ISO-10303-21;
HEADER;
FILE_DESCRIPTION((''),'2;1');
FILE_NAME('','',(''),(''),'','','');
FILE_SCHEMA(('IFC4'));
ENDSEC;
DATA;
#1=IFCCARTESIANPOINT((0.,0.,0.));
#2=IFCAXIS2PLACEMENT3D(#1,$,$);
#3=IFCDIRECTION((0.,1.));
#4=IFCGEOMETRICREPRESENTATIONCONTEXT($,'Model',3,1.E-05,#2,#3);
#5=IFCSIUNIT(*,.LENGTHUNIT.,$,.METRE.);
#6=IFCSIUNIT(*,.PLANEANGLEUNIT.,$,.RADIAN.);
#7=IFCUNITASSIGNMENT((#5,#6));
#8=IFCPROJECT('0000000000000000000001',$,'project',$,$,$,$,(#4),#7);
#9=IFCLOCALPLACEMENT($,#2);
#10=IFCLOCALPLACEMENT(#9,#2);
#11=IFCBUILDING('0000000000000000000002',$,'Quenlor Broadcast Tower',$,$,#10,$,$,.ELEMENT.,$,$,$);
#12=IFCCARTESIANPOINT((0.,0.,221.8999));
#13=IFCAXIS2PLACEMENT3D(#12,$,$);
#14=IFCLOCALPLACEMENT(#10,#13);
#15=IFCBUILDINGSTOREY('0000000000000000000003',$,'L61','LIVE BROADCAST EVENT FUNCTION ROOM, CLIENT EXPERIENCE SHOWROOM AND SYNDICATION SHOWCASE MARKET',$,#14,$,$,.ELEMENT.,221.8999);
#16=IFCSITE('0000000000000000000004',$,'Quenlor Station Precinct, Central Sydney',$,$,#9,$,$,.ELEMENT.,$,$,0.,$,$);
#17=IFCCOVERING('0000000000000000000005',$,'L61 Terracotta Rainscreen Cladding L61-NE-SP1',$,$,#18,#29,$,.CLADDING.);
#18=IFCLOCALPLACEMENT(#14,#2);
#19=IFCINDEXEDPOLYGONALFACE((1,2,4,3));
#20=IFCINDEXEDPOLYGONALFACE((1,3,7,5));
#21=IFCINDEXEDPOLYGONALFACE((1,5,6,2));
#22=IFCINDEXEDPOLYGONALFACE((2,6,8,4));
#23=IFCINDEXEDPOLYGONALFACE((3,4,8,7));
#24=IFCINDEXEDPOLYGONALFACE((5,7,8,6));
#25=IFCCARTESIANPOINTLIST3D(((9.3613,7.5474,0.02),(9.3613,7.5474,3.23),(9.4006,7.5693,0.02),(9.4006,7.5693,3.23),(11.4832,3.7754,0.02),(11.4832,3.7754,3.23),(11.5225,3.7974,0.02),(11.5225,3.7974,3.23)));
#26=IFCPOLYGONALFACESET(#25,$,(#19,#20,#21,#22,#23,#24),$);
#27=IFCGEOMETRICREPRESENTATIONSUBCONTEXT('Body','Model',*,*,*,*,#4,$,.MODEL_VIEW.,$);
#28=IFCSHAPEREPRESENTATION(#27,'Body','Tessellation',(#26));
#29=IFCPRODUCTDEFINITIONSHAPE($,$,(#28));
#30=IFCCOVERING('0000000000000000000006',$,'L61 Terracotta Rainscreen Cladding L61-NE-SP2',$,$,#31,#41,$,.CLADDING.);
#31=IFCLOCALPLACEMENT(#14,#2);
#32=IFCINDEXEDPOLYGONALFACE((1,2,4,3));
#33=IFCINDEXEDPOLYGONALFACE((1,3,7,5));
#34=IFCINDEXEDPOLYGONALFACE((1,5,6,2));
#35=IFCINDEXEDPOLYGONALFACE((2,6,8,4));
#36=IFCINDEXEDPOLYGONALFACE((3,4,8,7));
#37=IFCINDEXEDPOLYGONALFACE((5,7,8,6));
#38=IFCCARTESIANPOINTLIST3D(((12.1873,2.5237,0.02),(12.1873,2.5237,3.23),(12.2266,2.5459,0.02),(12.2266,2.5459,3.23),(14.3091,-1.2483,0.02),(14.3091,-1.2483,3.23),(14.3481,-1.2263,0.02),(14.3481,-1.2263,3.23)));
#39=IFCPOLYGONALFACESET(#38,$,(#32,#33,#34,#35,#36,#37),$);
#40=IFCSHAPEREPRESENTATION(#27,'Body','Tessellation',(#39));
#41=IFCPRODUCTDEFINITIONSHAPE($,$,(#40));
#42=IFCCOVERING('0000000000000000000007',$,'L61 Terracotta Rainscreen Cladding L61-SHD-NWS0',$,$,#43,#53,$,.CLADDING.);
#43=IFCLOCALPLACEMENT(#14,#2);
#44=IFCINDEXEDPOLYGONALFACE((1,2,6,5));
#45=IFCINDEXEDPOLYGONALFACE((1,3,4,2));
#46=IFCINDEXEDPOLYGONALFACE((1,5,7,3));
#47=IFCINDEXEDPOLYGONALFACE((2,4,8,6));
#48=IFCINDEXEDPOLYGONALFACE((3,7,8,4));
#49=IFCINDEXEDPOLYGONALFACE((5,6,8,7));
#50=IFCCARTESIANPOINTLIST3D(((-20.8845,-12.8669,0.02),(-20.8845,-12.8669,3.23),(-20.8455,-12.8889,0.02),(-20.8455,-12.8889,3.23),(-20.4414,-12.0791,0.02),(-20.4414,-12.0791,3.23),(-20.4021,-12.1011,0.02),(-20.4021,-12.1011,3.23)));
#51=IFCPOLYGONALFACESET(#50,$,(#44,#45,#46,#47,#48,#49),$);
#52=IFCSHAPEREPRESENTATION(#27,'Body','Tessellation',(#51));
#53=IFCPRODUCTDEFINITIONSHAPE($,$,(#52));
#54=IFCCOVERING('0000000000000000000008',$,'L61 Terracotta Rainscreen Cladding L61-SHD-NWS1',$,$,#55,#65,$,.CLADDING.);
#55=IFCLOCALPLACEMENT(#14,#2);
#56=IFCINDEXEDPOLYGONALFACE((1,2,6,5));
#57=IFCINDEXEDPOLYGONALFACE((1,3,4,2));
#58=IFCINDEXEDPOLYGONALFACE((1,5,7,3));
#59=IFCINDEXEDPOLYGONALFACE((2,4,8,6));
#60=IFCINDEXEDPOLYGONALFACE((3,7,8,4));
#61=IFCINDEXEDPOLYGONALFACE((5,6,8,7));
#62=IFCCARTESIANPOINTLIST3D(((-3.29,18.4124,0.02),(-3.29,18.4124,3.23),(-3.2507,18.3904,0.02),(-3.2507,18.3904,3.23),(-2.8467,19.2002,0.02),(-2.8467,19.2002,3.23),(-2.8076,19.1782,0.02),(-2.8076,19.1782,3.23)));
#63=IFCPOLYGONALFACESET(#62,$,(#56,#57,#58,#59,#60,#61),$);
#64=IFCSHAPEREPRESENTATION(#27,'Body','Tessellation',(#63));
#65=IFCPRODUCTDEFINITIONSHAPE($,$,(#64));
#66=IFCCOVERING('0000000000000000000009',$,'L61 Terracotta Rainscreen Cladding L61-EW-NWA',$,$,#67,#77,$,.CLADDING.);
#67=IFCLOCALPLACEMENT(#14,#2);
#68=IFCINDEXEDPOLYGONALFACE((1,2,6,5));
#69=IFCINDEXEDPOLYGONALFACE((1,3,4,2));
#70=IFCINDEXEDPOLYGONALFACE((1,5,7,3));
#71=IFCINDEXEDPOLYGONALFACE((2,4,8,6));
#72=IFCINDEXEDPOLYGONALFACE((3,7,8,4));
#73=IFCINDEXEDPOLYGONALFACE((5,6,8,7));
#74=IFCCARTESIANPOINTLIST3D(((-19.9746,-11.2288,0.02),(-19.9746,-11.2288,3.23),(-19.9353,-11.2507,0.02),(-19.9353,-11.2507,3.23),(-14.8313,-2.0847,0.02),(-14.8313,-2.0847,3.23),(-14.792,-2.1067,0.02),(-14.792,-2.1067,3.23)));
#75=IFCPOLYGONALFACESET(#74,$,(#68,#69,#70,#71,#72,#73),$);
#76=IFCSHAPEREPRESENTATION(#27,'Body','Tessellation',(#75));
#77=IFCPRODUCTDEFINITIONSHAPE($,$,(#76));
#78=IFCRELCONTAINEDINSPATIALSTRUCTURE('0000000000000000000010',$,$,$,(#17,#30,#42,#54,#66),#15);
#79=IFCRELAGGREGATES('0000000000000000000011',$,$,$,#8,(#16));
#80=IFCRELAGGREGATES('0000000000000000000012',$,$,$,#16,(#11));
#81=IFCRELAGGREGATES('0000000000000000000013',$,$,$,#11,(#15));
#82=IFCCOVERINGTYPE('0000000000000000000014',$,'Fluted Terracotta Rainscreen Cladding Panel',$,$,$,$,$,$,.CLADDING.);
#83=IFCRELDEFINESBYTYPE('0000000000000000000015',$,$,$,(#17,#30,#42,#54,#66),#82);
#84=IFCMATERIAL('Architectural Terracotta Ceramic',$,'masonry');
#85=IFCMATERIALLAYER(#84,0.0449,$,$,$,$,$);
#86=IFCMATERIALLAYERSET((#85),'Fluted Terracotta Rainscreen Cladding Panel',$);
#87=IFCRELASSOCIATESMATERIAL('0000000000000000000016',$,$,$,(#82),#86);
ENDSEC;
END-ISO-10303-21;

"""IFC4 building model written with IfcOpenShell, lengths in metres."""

from ifc_helpers import new_model, si_unit, direction, frame, origin, place, context, subcontext, project, spatial, polyline, outline, extrude, material, layer, layer_set, type_object, element, save


model = new_model("IFC4")

# Units and contexts
model_context = context("Model", 3, precision=1e-05, world=origin(), true_north=direction((0.0, 1.0)))
body_context = subcontext(model_context, "Body", "Model", "MODEL_VIEW")
ifc_project = project(units=[si_unit("LENGTHUNIT", "METRE"), si_unit("PLANEANGLEUNIT", "RADIAN")], contexts=[model_context])

# Site, building, storey
site_placement = place(None, origin())
site = spatial("IfcSite", under=ifc_project, at=site_placement, Name="Quenlor Station Precinct, Central Sydney", CompositionType="ELEMENT", RefElevation=0.0)
building_placement = place(site_placement, origin())
building = spatial("IfcBuilding", under=site, at=building_placement, Name="Quenlor Broadcast Tower", CompositionType="ELEMENT")
storey_placement = place(building_placement, frame((0.0, 0.0, 221.8999)))
storey = spatial("IfcBuildingStorey", under=building, at=storey_placement, Name="L61", Description="LIVE BROADCAST EVENT FUNCTION ROOM, CLIENT EXPERIENCE SHOWROOM AND SYNDICATION SHOWCASE MARKET", CompositionType="ELEMENT", Elevation=221.8999)

# Coverings
ifc_material_1 = material(Name="Architectural Terracotta Ceramic", Category="masonry")
ifc_layer_1 = layer(ifc_material_1, 0.0449)
ifc_layer_set_1 = layer_set([ifc_layer_1], Name="Fluted Terracotta Rainscreen Cladding Panel")
covering_type = type_object("IfcCoveringType", Name="Fluted Terracotta Rainscreen Cladding Panel", PredefinedType="CLADDING", material=ifc_layer_set_1)
covering_1_placement = place(storey_placement, frame((0.0, 0.0, 0.02)))
element("IfcCovering", 1, at=covering_1_placement, inside=storey, type_object=covering_type, Name="L61 Terracotta Rainscreen Cladding L61-NE-SP1", PredefinedType="CLADDING", context=body_context, shape_type="SweptSolid", body=[
    extrude(outline(polyline([(9.3613, 7.5474), (11.4832, 3.7754), (11.5225, 3.7974), (9.4006, 7.5693), (9.3613, 7.5474)])), origin(), (0.0, 0.0, 1.0), 3.21),
])
covering_2_placement = place(storey_placement, frame((0.0, 0.0, 0.02)))
element("IfcCovering", 2, at=covering_2_placement, inside=storey, type_object=covering_type, Name="L61 Terracotta Rainscreen Cladding L61-NE-SP2", PredefinedType="CLADDING", context=body_context, shape_type="SweptSolid", body=[
    extrude(outline(polyline([(12.1873, 2.5237), (14.3091, -1.2483), (14.3481, -1.2263), (12.2266, 2.5459), (12.1873, 2.5237)])), origin(), (0.0, 0.0, 1.0), 3.21),
])
covering_3_placement = place(storey_placement, frame((0.0, 0.0, 0.02)))
element("IfcCovering", 3, at=covering_3_placement, inside=storey, type_object=covering_type, Name="L61 Terracotta Rainscreen Cladding L61-SHD-NWS0", PredefinedType="CLADDING", context=body_context, shape_type="SweptSolid", body=[
    extrude(outline(polyline([(-20.8455, -12.8889), (-20.4021, -12.1011), (-20.4414, -12.0791), (-20.8845, -12.8669), (-20.8455, -12.8889)])), origin(), (0.0, 0.0, 1.0), 3.21),
])
covering_4_placement = place(storey_placement, frame((0.0, 0.0, 0.02)))
element("IfcCovering", 4, at=covering_4_placement, inside=storey, type_object=covering_type, Name="L61 Terracotta Rainscreen Cladding L61-SHD-NWS1", PredefinedType="CLADDING", context=body_context, shape_type="SweptSolid", body=[
    extrude(outline(polyline([(-3.2507, 18.3904), (-2.8076, 19.1782), (-2.8467, 19.2002), (-3.29, 18.4124), (-3.2507, 18.3904)])), origin(), (0.0, 0.0, 1.0), 3.21),
])
covering_5_placement = place(storey_placement, frame((0.0, 0.0, 0.02)))
element("IfcCovering", 5, at=covering_5_placement, inside=storey, type_object=covering_type, Name="L61 Terracotta Rainscreen Cladding L61-EW-NWA", PredefinedType="CLADDING", context=body_context, shape_type="SweptSolid", body=[
    extrude(outline(polyline([(-19.9353, -11.2507), (-14.792, -2.1067), (-14.8313, -2.0847), (-19.9746, -11.2288), (-19.9353, -11.2507)])), origin(), (0.0, 0.0, 1.0), 3.21),
])

save(model, "model.ifc")
